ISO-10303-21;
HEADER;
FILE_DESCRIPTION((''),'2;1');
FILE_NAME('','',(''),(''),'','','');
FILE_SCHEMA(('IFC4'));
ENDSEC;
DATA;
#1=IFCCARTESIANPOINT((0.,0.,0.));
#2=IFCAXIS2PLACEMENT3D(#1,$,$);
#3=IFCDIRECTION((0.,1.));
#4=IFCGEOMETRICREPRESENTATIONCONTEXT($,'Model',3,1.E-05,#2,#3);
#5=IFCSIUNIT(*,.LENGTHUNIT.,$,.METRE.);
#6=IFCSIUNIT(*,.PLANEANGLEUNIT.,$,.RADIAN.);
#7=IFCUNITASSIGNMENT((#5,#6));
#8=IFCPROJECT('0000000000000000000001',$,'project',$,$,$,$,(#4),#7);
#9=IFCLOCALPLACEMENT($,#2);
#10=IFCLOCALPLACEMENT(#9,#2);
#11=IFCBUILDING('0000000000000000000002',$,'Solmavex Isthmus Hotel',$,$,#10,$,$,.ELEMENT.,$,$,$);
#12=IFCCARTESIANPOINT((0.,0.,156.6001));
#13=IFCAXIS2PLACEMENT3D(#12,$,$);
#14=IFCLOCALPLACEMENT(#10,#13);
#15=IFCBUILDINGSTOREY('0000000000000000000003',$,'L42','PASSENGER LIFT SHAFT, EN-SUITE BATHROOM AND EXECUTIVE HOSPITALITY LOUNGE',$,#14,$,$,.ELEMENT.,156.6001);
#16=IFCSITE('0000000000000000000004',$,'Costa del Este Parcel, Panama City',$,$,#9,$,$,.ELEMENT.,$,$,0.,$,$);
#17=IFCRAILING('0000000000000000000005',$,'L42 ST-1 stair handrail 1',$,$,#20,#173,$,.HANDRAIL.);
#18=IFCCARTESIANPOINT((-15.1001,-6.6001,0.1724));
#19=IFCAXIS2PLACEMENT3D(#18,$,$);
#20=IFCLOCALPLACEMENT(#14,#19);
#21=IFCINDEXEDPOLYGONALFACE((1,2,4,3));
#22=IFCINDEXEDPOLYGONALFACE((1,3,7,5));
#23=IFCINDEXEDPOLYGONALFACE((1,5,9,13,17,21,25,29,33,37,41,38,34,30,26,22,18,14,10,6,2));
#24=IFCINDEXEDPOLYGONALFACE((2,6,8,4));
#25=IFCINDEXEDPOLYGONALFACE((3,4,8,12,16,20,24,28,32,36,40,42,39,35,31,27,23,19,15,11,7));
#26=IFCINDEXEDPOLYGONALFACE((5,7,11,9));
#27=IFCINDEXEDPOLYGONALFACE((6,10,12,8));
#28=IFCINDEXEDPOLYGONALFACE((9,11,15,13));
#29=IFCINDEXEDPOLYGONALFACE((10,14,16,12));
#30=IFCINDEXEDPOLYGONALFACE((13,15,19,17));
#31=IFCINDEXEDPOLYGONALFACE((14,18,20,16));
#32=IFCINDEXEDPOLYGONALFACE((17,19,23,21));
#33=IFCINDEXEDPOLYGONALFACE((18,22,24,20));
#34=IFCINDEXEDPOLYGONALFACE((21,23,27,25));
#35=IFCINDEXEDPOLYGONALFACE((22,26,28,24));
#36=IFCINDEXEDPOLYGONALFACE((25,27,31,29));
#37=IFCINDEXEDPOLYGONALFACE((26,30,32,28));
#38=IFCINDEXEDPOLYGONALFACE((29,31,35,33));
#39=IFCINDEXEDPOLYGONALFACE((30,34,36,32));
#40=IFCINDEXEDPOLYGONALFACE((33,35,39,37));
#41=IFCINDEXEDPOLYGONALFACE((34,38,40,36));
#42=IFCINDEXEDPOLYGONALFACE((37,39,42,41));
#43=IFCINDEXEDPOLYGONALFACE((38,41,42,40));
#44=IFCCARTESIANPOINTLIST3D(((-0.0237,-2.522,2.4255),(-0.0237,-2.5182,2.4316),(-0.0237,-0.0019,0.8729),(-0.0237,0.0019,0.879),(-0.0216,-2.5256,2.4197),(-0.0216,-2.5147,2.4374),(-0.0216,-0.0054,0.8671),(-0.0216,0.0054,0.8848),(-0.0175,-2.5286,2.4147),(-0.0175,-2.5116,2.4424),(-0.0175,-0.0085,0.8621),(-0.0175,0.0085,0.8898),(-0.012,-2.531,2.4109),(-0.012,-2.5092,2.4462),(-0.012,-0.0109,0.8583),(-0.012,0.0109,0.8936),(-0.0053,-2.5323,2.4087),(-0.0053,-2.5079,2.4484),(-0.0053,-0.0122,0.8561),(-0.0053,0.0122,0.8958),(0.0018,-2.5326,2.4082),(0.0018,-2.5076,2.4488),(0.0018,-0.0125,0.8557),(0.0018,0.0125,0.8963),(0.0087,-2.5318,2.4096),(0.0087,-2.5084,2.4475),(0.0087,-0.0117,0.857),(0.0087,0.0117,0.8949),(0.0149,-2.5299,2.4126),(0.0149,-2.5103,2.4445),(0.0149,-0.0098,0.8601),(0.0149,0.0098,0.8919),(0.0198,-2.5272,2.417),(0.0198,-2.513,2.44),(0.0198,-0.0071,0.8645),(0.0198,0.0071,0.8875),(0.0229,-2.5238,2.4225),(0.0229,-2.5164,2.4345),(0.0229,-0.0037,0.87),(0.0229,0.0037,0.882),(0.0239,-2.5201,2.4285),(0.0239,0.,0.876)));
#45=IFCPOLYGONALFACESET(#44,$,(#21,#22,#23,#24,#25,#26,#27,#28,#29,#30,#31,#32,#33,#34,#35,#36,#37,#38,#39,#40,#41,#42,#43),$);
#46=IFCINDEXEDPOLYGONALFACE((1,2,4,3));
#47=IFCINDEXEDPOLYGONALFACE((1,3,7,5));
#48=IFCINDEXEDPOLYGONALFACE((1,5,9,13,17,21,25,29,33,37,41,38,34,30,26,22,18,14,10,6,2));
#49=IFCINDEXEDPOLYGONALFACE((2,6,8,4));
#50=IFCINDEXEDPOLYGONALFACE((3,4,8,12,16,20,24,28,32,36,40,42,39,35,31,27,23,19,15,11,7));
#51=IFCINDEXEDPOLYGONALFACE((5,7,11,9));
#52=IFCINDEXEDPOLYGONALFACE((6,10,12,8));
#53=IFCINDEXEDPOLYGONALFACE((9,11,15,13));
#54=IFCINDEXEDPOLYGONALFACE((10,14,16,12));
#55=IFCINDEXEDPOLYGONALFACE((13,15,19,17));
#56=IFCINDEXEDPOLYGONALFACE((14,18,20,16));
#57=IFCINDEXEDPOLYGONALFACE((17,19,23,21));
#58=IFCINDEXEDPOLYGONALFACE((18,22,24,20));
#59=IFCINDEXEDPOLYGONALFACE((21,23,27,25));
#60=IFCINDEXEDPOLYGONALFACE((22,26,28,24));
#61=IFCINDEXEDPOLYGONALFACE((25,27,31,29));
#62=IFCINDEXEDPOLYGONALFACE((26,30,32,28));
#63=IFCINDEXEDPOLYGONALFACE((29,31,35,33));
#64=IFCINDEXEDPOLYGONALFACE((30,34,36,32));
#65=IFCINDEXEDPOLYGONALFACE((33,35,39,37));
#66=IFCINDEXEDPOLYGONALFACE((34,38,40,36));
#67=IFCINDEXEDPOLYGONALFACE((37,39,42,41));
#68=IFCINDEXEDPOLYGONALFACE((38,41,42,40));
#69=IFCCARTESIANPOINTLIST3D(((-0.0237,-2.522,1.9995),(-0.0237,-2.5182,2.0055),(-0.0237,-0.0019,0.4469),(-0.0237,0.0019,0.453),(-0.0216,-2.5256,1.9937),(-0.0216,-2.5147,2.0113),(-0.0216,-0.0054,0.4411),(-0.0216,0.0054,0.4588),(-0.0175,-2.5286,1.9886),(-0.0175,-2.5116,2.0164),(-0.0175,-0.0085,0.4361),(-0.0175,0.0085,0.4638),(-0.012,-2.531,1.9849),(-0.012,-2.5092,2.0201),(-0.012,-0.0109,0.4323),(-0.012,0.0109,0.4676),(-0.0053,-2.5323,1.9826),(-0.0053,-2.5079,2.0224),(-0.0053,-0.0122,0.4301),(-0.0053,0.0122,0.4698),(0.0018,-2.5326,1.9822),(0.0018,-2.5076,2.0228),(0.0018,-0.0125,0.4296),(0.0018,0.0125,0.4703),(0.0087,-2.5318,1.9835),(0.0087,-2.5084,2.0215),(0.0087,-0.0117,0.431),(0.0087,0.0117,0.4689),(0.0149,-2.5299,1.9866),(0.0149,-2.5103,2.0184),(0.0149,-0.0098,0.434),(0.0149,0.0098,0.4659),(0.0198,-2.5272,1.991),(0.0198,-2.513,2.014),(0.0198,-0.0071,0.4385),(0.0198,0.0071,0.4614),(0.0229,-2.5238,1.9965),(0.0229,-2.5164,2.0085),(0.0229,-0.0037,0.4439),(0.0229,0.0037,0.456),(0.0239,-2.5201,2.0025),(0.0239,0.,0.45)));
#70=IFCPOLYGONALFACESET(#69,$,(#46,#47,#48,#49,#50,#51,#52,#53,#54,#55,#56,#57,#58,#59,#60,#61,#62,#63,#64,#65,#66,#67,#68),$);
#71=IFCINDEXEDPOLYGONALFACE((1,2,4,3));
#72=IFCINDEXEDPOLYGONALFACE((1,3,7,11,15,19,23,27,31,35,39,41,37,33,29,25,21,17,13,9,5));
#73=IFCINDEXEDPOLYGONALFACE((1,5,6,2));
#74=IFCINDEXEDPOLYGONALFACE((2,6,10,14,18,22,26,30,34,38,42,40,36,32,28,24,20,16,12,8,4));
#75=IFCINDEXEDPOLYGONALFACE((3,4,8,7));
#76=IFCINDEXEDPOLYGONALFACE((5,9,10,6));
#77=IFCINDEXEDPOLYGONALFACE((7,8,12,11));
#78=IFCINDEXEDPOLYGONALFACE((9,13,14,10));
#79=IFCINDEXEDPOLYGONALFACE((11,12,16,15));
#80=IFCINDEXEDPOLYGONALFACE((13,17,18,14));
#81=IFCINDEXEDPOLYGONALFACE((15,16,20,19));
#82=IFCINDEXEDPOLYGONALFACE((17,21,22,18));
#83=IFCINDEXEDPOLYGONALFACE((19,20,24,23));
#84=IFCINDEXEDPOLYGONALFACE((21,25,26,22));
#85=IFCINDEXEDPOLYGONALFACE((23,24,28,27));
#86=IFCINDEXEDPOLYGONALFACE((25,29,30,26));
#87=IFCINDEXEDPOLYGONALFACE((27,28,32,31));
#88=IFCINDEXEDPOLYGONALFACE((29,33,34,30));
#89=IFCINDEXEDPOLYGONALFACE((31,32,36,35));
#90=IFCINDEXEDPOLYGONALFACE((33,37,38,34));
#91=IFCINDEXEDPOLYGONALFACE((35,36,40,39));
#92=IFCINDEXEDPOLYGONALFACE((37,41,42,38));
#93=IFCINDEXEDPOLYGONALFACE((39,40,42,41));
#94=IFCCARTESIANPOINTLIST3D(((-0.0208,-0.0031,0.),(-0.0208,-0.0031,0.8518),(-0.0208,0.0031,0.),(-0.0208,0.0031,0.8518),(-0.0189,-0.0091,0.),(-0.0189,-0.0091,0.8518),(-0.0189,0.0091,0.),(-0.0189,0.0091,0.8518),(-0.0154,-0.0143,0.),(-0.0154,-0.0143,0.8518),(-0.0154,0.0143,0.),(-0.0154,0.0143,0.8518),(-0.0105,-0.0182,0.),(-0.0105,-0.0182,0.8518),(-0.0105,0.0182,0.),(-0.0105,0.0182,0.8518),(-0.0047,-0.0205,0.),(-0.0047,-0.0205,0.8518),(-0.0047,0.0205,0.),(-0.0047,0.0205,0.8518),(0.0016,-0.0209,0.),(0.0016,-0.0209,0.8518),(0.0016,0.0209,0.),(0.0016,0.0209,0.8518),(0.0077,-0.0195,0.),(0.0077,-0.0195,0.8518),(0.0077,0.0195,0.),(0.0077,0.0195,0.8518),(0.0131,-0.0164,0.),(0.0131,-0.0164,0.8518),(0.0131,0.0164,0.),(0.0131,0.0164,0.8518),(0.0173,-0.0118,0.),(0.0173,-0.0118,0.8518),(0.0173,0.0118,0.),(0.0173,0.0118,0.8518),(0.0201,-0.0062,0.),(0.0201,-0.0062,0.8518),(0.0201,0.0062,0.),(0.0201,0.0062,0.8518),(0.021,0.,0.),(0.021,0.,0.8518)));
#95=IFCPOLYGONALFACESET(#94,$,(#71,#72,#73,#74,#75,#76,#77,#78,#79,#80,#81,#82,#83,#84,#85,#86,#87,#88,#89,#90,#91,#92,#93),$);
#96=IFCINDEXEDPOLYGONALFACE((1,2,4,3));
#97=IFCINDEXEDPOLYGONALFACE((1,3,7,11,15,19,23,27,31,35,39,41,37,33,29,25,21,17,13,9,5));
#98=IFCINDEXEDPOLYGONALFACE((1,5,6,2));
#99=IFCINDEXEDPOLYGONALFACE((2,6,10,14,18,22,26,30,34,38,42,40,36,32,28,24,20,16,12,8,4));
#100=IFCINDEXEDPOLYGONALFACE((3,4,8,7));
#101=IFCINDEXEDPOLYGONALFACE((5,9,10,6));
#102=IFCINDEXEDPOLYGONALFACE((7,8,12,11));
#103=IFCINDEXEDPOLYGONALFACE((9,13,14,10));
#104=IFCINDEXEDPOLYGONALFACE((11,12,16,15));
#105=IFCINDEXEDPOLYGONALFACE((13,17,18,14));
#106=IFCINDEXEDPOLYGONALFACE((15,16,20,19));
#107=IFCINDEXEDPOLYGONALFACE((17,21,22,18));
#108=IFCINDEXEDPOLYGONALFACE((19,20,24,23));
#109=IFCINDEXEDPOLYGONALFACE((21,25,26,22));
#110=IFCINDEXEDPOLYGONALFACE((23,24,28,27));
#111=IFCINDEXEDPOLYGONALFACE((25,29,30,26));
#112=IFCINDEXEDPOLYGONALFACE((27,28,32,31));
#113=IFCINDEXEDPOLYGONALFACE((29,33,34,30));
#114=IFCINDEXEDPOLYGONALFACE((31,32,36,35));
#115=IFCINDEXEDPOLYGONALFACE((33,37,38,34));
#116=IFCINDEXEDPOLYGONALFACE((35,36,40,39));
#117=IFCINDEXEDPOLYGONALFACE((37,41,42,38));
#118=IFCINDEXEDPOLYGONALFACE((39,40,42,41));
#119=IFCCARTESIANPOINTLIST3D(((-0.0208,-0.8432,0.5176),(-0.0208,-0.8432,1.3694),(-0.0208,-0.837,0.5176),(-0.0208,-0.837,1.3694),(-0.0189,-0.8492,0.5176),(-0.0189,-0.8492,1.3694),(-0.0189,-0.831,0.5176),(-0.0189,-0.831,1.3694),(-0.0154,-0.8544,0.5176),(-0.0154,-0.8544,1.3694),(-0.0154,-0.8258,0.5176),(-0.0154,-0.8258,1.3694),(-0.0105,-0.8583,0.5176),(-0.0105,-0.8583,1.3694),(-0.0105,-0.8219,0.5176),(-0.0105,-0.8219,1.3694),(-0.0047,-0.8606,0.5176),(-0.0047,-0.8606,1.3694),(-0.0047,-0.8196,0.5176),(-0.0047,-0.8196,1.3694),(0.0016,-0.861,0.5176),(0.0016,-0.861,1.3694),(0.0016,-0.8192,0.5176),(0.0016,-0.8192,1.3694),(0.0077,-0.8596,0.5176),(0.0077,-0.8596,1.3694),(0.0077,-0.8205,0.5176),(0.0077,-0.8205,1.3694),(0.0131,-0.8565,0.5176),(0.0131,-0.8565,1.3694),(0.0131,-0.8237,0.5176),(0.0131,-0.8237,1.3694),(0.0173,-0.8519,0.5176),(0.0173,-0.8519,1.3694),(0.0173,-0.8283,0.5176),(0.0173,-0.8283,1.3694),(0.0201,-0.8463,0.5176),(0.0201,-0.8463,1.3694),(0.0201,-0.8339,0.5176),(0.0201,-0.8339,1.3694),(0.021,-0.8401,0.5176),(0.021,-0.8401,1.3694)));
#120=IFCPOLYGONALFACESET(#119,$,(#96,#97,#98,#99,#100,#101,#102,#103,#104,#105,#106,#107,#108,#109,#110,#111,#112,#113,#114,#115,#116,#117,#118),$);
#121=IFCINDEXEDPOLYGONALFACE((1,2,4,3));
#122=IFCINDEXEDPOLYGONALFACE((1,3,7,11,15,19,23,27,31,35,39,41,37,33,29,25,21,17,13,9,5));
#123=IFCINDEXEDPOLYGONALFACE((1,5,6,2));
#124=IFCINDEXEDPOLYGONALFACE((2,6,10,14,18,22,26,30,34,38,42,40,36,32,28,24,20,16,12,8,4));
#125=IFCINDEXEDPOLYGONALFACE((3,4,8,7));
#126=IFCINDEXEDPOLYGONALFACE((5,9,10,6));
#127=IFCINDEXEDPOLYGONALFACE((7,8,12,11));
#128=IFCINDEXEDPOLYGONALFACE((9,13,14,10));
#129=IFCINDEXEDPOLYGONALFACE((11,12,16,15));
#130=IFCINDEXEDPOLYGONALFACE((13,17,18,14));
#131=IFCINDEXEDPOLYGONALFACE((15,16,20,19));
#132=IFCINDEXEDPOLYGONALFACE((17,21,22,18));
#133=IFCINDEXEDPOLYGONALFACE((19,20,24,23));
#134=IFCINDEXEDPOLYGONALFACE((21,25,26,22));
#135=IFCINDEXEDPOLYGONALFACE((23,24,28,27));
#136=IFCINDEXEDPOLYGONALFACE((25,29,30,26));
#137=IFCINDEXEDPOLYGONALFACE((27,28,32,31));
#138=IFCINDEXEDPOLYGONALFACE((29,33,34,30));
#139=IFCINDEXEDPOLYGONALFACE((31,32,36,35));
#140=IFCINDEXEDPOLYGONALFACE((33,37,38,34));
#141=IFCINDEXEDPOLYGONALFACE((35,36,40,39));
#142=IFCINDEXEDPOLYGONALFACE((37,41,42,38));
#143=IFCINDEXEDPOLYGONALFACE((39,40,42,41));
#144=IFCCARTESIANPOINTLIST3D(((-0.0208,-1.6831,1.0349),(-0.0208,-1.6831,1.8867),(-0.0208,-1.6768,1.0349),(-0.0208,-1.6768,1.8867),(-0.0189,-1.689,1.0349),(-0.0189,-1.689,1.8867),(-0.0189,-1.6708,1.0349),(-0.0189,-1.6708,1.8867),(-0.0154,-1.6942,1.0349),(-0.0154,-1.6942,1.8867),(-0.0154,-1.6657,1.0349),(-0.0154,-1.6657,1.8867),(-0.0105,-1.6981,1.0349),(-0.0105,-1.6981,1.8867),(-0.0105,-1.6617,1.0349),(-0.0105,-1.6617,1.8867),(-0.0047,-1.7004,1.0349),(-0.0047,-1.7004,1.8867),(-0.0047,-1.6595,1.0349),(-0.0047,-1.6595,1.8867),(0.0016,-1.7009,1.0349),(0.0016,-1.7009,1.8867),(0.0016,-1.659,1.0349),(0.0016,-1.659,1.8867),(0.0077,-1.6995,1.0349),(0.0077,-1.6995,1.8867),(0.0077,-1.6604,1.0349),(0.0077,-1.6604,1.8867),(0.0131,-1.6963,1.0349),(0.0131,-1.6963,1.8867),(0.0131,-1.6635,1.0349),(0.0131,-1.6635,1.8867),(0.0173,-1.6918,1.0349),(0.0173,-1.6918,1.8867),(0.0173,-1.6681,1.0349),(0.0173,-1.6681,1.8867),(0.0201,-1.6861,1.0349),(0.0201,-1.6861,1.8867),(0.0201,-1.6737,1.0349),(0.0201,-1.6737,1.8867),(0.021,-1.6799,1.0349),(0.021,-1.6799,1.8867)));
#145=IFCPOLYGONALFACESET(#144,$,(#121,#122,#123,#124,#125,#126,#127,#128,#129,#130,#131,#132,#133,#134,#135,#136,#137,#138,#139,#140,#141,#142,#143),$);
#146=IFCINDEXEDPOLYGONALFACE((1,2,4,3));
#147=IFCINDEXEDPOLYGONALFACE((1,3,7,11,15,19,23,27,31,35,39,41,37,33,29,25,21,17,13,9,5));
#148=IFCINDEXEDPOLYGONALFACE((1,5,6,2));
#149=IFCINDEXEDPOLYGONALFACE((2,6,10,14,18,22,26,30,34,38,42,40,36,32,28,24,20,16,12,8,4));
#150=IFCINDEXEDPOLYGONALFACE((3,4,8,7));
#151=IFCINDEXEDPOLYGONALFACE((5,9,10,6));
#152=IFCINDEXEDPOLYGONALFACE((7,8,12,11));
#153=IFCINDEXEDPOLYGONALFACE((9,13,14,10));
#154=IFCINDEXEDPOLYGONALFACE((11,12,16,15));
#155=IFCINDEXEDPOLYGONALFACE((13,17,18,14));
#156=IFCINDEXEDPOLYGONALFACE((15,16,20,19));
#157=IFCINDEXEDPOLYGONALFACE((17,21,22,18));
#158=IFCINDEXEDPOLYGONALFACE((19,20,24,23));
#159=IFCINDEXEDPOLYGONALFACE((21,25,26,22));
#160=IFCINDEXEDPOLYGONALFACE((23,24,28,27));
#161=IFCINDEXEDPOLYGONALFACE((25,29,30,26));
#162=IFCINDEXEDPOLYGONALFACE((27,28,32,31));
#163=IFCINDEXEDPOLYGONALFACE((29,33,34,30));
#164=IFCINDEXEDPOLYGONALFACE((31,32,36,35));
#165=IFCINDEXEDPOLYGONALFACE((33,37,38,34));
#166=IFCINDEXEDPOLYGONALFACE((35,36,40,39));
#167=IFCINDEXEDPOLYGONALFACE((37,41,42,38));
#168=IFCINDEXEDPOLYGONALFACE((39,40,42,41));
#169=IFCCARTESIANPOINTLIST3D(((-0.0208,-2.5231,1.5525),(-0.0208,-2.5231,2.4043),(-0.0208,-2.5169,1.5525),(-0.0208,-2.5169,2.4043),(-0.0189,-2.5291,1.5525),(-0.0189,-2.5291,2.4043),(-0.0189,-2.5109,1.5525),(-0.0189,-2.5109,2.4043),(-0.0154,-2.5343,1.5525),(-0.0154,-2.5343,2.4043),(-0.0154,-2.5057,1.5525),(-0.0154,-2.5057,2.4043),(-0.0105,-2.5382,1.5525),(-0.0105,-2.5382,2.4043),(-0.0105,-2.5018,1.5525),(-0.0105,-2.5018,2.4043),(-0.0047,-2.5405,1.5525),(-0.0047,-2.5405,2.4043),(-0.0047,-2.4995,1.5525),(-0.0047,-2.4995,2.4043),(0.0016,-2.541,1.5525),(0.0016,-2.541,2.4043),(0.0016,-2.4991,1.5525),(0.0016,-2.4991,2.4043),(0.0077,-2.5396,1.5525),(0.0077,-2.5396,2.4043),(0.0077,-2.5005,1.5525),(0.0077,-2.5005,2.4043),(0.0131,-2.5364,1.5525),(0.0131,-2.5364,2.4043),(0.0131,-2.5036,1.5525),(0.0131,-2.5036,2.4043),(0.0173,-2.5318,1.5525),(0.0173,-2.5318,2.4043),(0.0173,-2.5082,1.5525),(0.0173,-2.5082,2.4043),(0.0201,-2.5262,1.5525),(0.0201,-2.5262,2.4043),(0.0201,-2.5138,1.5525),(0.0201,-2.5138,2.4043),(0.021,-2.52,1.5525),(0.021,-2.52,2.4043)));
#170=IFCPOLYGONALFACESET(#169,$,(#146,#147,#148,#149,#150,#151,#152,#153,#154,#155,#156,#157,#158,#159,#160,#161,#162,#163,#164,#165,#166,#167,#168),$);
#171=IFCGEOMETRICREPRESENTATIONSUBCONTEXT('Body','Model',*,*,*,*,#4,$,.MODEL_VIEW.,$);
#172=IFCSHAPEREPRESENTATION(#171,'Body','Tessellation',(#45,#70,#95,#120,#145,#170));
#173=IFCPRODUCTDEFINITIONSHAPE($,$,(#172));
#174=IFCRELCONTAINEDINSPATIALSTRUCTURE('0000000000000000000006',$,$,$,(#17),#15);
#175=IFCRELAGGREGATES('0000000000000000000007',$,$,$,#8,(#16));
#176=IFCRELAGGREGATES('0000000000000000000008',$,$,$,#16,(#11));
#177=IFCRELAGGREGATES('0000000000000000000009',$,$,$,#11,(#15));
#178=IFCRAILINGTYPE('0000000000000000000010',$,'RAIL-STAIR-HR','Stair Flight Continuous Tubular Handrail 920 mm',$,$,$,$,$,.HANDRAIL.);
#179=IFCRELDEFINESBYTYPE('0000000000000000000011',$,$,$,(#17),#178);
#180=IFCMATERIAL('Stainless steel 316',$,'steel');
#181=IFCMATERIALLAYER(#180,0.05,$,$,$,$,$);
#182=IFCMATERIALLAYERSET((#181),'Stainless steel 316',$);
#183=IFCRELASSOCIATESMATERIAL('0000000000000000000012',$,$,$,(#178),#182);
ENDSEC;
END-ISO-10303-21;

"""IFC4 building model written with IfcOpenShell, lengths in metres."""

from ifc_helpers import new_model, si_unit, direction, frame, origin, origin_2d, place, context, subcontext, project, spatial, circle, extrude, material, layer, layer_set, type_object, element, save


model = new_model("IFC4")

# Units and contexts
model_context = context("Model", 3, precision=1e-05, world=origin(), true_north=direction((0.0, 1.0)))
body_context = subcontext(model_context, "Body", "Model", "MODEL_VIEW")
ifc_project = project(units=[si_unit("LENGTHUNIT", "METRE"), si_unit("PLANEANGLEUNIT", "RADIAN")], contexts=[model_context])

# Site, building, storey
site_placement = place(None, origin())
site = spatial("IfcSite", under=ifc_project, at=site_placement, Name="Costa del Este Parcel, Panama City", CompositionType="ELEMENT", RefElevation=0.0)
building_placement = place(site_placement, origin())
building = spatial("IfcBuilding", under=site, at=building_placement, Name="Solmavex Isthmus Hotel", CompositionType="ELEMENT")
storey_placement = place(building_placement, frame((0.0, 0.0, 156.6001)))
storey = spatial("IfcBuildingStorey", under=building, at=storey_placement, Name="L42", Description="PASSENGER LIFT SHAFT, EN-SUITE BATHROOM AND EXECUTIVE HOSPITALITY LOUNGE", CompositionType="ELEMENT", Elevation=156.6001)

# Railing
ifc_material_1 = material(Name="Stainless steel 316", Category="steel")
ifc_layer_1 = layer(ifc_material_1, 0.05)
ifc_layer_set_1 = layer_set([ifc_layer_1], Name="Stainless steel 316")
railing_type = type_object("IfcRailingType", Name="RAIL-STAIR-HR", Description="Stair Flight Continuous Tubular Handrail 920 mm", PredefinedType="HANDRAIL", material=ifc_layer_set_1)
railing_placement = place(storey_placement, frame((-15.1001, -6.6001, 0.1724)))
element("IfcRailing", 1, at=railing_placement, inside=storey, type_object=railing_type, Name="L42 ST-1 stair handrail 1", PredefinedType="HANDRAIL", context=body_context, shape_type="SweptSolid", body=[
    extrude(circle(Radius=0.0239, at=origin_2d()), frame((0.0, 0.0, 0.876), z_axis=(0.0, -0.8514, 0.524516), x_axis=(1.0, 0.0, 0.0)), (0.0, 0.0, 1.0), 2.96),
    extrude(circle(Radius=0.0239, at=origin_2d()), frame((0.0, 0.0, 0.45), z_axis=(0.0, -0.8514, 0.524516), x_axis=(1.0, 0.0, 0.0)), (0.0, 0.0, 1.0), 2.96),
    extrude(circle(Radius=0.021, at=origin_2d()), origin(), (0.0, 0.0, 1.0), 0.8518),
    extrude(circle(Radius=0.021, at=origin_2d()), frame((0.0, -0.8401, 0.5176)), (0.0, 0.0, 1.0), 0.8518),
    extrude(circle(Radius=0.021, at=origin_2d()), frame((0.0, -1.6799, 1.0349)), (0.0, 0.0, 1.0), 0.8518),
    extrude(circle(Radius=0.021, at=origin_2d()), frame((0.0, -2.52, 1.5525)), (0.0, 0.0, 1.0), 0.8518),
])

save(model, "model.ifc")
